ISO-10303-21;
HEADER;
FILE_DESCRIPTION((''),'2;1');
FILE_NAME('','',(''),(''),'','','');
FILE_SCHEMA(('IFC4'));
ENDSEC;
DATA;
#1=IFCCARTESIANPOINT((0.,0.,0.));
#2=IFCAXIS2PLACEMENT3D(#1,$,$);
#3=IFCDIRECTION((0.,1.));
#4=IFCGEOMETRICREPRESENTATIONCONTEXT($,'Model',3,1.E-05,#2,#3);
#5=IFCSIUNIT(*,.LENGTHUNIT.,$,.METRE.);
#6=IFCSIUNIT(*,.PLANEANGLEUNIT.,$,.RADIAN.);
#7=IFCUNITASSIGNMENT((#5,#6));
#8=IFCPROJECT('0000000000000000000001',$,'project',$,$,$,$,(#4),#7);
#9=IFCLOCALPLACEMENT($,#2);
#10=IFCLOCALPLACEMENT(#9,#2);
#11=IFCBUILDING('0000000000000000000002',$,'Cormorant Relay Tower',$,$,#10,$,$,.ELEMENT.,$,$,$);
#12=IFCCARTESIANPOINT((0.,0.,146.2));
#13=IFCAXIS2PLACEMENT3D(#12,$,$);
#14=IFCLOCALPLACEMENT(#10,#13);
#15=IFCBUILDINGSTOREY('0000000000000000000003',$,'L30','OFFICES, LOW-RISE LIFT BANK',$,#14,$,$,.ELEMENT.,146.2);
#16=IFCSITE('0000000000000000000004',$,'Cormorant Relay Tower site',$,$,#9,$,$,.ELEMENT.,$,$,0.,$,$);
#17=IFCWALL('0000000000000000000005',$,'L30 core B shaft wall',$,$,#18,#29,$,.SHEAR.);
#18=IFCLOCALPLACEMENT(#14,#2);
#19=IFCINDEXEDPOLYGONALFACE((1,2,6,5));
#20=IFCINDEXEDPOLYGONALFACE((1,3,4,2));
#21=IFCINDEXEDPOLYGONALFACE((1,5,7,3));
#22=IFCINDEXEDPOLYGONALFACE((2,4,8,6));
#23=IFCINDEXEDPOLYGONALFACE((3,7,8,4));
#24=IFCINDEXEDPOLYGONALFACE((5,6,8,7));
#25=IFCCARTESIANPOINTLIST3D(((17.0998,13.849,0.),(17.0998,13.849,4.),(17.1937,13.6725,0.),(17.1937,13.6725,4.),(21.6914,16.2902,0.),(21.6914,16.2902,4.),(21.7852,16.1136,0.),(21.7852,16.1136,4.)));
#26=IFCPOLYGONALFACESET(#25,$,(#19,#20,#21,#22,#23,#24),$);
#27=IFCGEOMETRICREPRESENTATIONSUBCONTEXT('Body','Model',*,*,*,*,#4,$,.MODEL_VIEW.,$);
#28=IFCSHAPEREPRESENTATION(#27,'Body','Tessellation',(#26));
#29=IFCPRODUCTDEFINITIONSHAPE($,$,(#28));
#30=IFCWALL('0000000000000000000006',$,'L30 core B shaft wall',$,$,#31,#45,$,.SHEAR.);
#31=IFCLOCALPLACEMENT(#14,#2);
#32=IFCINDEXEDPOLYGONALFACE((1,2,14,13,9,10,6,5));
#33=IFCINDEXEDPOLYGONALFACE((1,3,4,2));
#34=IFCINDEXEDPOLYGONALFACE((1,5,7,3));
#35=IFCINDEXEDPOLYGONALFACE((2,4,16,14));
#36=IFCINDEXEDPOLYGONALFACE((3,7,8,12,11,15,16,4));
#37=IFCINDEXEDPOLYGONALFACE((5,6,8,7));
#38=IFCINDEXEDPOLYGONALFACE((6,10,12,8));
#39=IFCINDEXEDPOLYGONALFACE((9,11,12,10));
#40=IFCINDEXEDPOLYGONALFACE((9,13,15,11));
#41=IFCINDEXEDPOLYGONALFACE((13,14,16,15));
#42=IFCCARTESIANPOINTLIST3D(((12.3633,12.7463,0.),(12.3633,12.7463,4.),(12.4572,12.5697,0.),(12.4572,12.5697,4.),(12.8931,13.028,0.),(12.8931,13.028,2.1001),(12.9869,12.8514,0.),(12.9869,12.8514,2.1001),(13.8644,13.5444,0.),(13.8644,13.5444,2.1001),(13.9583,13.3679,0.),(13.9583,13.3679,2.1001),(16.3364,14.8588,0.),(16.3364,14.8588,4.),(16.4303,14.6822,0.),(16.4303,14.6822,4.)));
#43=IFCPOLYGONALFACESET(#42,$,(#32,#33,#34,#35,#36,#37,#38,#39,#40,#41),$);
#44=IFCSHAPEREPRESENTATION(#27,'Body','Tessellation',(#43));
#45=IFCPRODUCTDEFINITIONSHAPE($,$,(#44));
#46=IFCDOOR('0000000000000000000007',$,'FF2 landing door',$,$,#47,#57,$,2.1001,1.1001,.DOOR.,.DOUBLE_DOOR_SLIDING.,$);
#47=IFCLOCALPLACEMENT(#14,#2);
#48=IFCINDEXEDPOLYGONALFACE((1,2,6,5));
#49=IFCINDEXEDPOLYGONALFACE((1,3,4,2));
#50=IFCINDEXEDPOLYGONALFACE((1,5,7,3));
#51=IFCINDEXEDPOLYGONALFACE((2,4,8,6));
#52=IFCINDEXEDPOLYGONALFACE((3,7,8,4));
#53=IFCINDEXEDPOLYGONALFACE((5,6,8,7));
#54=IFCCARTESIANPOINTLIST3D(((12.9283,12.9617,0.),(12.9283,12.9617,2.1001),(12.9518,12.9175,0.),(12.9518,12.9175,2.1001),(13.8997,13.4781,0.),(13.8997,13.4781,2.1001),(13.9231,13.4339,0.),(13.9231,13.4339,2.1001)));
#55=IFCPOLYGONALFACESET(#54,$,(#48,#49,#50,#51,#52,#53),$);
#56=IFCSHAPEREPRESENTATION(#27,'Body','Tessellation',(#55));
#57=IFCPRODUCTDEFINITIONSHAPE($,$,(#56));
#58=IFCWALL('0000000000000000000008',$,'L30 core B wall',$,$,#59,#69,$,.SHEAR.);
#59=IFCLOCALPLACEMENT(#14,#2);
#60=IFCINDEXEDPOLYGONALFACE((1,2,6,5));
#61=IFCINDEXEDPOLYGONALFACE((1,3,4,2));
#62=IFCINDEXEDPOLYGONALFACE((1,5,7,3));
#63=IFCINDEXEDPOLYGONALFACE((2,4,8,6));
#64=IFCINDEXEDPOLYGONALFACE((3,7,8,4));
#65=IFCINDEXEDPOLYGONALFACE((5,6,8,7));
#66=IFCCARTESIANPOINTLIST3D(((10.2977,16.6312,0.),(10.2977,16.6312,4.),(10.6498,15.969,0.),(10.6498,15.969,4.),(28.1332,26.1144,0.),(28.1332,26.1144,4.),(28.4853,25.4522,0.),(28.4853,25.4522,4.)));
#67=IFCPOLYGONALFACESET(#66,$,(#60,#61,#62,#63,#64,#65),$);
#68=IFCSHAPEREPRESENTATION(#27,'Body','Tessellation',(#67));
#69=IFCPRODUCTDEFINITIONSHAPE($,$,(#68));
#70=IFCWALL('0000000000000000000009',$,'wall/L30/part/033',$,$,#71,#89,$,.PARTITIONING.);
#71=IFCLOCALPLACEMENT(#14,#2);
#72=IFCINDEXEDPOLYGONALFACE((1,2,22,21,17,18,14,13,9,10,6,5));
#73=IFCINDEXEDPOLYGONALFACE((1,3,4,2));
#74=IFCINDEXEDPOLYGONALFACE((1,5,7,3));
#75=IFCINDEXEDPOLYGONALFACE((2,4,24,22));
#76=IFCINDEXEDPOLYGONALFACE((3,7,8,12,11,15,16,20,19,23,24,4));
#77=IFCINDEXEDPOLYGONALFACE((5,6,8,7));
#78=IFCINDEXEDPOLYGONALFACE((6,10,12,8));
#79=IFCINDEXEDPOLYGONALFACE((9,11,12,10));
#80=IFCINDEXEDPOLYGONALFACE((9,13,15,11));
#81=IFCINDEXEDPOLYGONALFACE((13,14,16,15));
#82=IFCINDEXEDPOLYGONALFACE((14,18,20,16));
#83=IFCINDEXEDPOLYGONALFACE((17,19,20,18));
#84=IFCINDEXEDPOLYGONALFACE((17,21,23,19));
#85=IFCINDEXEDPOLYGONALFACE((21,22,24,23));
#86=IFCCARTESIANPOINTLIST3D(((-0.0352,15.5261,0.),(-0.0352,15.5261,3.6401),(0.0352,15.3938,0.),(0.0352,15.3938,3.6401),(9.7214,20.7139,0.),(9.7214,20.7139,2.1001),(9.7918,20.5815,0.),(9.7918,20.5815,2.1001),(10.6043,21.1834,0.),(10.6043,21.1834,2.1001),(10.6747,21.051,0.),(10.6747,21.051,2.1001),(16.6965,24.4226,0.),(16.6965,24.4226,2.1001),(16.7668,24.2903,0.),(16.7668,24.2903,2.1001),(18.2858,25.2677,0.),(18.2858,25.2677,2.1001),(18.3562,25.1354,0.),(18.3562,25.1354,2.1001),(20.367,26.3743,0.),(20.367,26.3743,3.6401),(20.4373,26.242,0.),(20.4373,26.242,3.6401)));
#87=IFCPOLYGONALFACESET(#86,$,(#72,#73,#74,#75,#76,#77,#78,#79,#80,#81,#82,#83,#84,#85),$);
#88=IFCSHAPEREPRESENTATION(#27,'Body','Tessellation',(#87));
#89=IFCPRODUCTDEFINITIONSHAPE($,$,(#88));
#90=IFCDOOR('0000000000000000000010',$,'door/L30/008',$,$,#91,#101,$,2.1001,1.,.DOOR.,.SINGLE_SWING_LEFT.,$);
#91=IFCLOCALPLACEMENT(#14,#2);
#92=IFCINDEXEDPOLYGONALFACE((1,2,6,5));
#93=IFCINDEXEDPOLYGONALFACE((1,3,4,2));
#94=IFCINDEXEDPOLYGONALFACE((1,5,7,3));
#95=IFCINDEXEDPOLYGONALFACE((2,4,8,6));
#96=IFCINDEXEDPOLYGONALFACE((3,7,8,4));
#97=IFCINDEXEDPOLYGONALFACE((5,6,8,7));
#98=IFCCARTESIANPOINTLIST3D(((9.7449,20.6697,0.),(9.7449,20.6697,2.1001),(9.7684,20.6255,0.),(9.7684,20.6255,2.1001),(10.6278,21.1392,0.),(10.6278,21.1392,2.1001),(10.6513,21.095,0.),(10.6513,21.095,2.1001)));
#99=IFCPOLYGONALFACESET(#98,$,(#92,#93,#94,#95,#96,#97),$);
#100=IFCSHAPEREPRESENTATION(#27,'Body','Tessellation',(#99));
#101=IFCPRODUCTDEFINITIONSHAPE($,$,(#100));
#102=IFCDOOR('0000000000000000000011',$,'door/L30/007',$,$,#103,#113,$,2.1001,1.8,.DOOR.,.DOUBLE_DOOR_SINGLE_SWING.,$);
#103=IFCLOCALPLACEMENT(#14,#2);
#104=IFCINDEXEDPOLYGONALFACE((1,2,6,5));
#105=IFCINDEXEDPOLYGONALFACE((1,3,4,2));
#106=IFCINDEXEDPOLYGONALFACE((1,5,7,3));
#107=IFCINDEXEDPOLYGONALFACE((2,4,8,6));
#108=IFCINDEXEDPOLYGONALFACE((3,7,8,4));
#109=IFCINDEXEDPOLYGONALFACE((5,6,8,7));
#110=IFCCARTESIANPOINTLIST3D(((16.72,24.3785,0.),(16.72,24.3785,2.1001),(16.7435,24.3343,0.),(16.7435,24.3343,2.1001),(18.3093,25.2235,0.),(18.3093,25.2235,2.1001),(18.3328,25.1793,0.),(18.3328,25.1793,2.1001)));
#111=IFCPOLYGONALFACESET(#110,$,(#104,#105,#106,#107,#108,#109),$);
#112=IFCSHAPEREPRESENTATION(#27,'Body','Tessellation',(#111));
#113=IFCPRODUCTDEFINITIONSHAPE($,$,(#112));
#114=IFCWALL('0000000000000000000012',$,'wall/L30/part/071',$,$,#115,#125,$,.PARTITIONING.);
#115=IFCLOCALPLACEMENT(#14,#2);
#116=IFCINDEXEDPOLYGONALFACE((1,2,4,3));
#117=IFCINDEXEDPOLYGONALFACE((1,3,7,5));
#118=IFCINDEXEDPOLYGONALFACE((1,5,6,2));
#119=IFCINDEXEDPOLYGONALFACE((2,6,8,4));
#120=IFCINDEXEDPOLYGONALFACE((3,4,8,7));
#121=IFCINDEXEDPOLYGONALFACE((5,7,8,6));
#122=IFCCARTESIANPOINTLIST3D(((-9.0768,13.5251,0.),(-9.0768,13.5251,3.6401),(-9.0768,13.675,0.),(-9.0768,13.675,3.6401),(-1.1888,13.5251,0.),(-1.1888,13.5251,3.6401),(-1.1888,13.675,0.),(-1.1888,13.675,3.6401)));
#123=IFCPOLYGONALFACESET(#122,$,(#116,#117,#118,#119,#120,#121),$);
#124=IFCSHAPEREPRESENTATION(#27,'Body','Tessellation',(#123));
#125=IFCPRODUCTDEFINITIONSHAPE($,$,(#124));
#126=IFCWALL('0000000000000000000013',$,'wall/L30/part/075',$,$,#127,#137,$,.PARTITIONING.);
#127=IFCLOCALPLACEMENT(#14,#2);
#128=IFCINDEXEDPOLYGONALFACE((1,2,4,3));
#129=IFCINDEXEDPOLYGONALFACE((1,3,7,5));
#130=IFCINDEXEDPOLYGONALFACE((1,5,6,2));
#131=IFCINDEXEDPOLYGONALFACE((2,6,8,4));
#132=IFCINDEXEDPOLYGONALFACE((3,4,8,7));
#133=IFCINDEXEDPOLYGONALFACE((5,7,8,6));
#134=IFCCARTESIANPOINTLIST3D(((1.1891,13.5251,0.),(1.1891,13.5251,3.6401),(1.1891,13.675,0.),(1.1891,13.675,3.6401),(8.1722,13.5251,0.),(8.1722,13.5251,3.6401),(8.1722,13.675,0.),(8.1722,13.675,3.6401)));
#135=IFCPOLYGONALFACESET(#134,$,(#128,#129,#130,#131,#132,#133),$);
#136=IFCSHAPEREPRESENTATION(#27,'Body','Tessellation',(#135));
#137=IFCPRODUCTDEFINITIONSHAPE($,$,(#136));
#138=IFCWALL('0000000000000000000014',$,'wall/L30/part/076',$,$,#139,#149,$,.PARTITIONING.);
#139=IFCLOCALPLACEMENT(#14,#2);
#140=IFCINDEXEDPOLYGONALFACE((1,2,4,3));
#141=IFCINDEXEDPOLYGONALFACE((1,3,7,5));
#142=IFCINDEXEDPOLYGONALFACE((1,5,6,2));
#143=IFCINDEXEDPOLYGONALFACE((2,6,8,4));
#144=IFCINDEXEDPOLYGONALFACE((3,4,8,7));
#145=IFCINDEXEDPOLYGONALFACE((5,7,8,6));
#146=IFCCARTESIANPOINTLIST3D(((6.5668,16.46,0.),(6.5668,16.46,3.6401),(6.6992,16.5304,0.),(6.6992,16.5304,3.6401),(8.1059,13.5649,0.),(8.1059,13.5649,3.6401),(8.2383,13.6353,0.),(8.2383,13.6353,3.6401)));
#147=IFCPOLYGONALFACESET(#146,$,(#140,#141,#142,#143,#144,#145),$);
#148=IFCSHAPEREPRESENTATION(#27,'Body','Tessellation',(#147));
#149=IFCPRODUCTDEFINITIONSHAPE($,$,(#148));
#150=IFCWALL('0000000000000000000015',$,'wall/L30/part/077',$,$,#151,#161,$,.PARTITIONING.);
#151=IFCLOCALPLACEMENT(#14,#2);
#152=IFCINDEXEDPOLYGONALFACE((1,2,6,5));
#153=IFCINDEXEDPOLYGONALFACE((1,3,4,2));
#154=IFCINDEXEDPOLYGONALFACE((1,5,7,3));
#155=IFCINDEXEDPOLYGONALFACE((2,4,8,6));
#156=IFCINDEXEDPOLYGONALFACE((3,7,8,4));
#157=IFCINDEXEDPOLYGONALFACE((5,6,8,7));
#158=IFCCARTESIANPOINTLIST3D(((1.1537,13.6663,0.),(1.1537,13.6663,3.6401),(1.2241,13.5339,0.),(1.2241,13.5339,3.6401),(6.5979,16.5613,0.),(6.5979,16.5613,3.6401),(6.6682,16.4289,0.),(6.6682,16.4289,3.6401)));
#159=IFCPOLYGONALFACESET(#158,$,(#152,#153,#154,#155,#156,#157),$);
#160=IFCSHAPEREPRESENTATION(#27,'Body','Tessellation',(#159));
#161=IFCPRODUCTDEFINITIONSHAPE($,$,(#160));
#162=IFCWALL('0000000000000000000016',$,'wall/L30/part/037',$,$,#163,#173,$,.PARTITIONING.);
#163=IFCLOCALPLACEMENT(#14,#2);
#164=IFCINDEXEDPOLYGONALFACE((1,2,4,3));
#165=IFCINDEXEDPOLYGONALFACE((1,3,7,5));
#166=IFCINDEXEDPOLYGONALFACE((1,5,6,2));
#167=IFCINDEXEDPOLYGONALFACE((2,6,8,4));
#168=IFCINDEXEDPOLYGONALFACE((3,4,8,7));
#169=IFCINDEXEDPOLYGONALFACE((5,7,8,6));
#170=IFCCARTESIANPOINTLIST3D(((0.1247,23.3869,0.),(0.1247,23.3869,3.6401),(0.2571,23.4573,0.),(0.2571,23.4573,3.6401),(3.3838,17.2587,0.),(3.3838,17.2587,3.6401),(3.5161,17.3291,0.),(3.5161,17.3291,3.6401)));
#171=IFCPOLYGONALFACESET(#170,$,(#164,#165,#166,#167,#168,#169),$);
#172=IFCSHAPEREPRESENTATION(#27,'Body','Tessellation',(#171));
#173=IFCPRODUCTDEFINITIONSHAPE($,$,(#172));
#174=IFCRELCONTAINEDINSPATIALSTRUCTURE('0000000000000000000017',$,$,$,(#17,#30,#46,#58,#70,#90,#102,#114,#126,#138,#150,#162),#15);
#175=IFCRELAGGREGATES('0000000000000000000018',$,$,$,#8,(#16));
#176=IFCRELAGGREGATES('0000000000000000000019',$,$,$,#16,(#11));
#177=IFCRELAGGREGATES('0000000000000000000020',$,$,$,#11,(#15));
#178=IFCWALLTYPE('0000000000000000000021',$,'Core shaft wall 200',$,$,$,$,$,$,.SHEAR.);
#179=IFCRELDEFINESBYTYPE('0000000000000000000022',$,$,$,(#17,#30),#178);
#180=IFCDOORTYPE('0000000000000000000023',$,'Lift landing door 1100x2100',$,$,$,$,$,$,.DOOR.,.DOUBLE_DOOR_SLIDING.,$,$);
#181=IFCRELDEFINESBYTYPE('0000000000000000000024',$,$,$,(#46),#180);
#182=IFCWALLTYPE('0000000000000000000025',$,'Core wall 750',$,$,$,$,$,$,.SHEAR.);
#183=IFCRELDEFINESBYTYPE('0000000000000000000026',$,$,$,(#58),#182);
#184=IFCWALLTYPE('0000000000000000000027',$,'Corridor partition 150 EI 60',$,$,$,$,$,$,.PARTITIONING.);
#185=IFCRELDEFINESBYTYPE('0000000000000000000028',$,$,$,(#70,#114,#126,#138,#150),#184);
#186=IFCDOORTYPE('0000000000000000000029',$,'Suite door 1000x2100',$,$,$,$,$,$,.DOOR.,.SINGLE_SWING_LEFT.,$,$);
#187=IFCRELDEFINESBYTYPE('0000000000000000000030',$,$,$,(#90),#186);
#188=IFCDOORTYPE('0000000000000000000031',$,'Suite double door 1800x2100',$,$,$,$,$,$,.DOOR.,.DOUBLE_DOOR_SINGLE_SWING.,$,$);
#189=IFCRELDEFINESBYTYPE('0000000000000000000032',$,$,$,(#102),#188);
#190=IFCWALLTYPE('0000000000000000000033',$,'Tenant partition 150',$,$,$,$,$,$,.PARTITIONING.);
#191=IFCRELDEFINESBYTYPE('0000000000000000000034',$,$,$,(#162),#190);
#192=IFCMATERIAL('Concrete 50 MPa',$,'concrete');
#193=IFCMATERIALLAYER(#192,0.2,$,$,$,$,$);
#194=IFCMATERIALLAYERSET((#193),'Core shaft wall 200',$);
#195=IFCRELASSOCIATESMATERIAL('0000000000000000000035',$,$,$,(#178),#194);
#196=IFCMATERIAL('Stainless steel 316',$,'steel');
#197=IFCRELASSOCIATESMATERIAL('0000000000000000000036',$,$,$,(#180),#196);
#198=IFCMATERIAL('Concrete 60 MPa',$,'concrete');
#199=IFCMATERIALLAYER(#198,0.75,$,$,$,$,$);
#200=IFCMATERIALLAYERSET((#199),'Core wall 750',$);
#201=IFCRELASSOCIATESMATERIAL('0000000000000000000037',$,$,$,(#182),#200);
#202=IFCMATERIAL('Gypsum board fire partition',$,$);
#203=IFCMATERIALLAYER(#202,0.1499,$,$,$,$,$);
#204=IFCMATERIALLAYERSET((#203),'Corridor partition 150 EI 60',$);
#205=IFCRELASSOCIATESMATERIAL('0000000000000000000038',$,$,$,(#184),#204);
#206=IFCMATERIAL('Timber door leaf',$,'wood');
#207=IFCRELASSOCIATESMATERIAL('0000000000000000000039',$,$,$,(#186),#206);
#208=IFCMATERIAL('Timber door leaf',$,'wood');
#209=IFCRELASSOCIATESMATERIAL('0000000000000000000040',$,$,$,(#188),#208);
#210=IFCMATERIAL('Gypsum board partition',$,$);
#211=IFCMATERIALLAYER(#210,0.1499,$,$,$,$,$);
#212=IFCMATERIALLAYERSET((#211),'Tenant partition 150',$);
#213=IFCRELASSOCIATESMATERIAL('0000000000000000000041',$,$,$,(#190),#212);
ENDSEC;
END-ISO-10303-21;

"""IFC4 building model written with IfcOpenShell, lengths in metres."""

from ifc_helpers import new_model, si_unit, direction, frame, frame_2d, origin, place, context, subcontext, project, spatial, rectangle, extrude, material, layer, layer_set, type_object, element, fill, save


model = new_model("IFC4")

# Units and contexts
model_context = context("Model", 3, precision=1e-05, world=origin(), true_north=direction((0.0, 1.0)))
body_context = subcontext(model_context, "Body", "Model", "MODEL_VIEW")
ifc_project = project(units=[si_unit("LENGTHUNIT", "METRE"), si_unit("PLANEANGLEUNIT", "RADIAN")], contexts=[model_context])

# Site, building, storey
site_placement = place(None, origin())
site = spatial("IfcSite", under=ifc_project, at=site_placement, Name="Cormorant Relay Tower site", CompositionType="ELEMENT", RefElevation=0.0)
building_placement = place(site_placement, origin())
building = spatial("IfcBuilding", under=site, at=building_placement, Name="Cormorant Relay Tower", CompositionType="ELEMENT")
storey_placement = place(building_placement, frame((0.0, 0.0, 146.2)))
storey = spatial("IfcBuildingStorey", under=building, at=storey_placement, Name="L30", Description="OFFICES, LOW-RISE LIFT BANK", CompositionType="ELEMENT", Elevation=146.2)

# Wall
ifc_material_1 = material(Name="Concrete 50 MPa", Category="concrete")
ifc_layer_1 = layer(ifc_material_1, 0.2)
ifc_layer_set_1 = layer_set([ifc_layer_1], Name="Core shaft wall 200")
wall_type_1 = type_object("IfcWallType", Name="Core shaft wall 200", PredefinedType="SHEAR", material=ifc_layer_set_1)
wall_1_placement = place(storey_placement, frame((17.1467, 13.7607, 0.0), z_axis=(0.0, 0.0, 1.0), x_axis=(0.882964, 0.46944, 0.0)))
element("IfcWall", 1, at=wall_1_placement, inside=storey, type_object=wall_type_1, Name="L30 core B shaft wall", PredefinedType="SHEAR", context=body_context, shape_type="SweptSolid", body=[
    extrude(rectangle(XDim=5.2002, YDim=0.2, at=frame_2d((2.6001, 0.0))), origin(), (0.0, 0.0, 1.0), 4.0),
])

# Wall, opening, door
wall_2_placement = place(storey_placement, frame((12.4102, 12.658, 0.0), z_axis=(0.0, 0.0, 1.0), x_axis=(0.882948, 0.46947, 0.0)))
wall_2 = element("IfcWall", 2, at=wall_2_placement, inside=storey, type_object=wall_type_1, Name="L30 core B shaft wall", PredefinedType="SHEAR", context=body_context, shape_type="SweptSolid", body=[
    extrude(rectangle(XDim=4.4998, YDim=0.2, at=frame_2d((2.25, 0.0))), origin(), (0.0, 0.0, 1.0), 4.0),
])
opening_1_placement = place(wall_2_placement, frame((0.6001, 0.0, 0.0)))
opening_1 = element("IfcOpeningElement", 3, at=opening_1_placement, cuts=wall_2, PredefinedType="OPENING", context=body_context, shape_type="SweptSolid", body=[
    extrude(rectangle(XDim=1.1001, YDim=2.1001, at=frame_2d((0.55, 1.05))), frame((0.0, 0.1099, 0.0), z_axis=(0.0, -1.0, 0.0), x_axis=(1.0, 0.0, 0.0)), (0.0, 0.0, 1.0), 0.22),
])
ifc_material_2 = material(Name="Stainless steel 316", Category="steel")
door_type_1 = type_object("IfcDoorType", Name="Lift landing door 1100x2100", OperationType="DOUBLE_DOOR_SLIDING", PredefinedType="DOOR", material=ifc_material_2)
door_1_placement = place(opening_1_placement, origin())
door_1 = element("IfcDoor", 4, at=door_1_placement, inside=storey, type_object=door_type_1, Name="FF2 landing door", OperationType="DOUBLE_DOOR_SLIDING", OverallHeight=2.1001, OverallWidth=1.1001, PredefinedType="DOOR", context=body_context, shape_type="SweptSolid", body=[
    extrude(rectangle(XDim=1.1001, YDim=2.1001, at=frame_2d((0.55, 1.05))), frame((0.0, 0.0249, 0.0), z_axis=(0.0, -1.0, 0.0), x_axis=(1.0, 0.0, 0.0)), (0.0, 0.0, 1.0), 0.05),
])
fill(opening_1, door_1)

# Wall
ifc_material_3 = material(Name="Concrete 60 MPa", Category="concrete")
ifc_layer_2 = layer(ifc_material_3, 0.75)
ifc_layer_set_2 = layer_set([ifc_layer_2], Name="Core wall 750")
wall_type_2 = type_object("IfcWallType", Name="Core wall 750", PredefinedType="SHEAR", material=ifc_layer_set_2)
wall_3_placement = place(storey_placement, frame((10.4736, 16.3, 0.0), z_axis=(0.0, 0.0, 1.0), x_axis=(0.88295, 0.469467, 0.0)))
element("IfcWall", 5, at=wall_3_placement, inside=storey, type_object=wall_type_2, Name="L30 core B wall", PredefinedType="SHEAR", context=body_context, shape_type="SweptSolid", body=[
    extrude(rectangle(XDim=20.2, YDim=0.75, at=frame_2d((10.1001, 0.0))), origin(), (0.0, 0.0, 1.0), 4.0),
])

# Wall, openings, doors
ifc_material_4 = material(Name="Gypsum board fire partition")
ifc_layer_3 = layer(ifc_material_4, 0.1499)
ifc_layer_set_3 = layer_set([ifc_layer_3], Name="Corridor partition 150 EI 60")
wall_type_3 = type_object("IfcWallType", Name="Corridor partition 150 EI 60", PredefinedType="PARTITIONING", material=ifc_layer_set_3)
wall_4_placement = place(storey_placement, frame((0.0, 15.46, 0.0), z_axis=(0.0, 0.0, 1.0), x_axis=(0.882945, 0.469477, 0.0)))
wall_4 = element("IfcWall", 6, at=wall_4_placement, inside=storey, type_object=wall_type_3, Name="wall/L30/part/033", PredefinedType="PARTITIONING", context=body_context, shape_type="SweptSolid", body=[
    extrude(rectangle(XDim=23.1069, YDim=0.1499, at=frame_2d((11.5535, 0.0))), origin(), (0.0, 0.0, 1.0), 3.6401),
])
opening_2_placement = place(wall_4_placement, frame((18.95, 0.0, 0.0)))
opening_2 = element("IfcOpeningElement", 7, at=opening_2_placement, cuts=wall_4, PredefinedType="OPENING", context=body_context, shape_type="SweptSolid", body=[
    extrude(rectangle(XDim=1.8, YDim=2.1001, at=frame_2d((0.8999, 1.05))), frame((0.0, 0.085, 0.0), z_axis=(0.0, -1.0, 0.0), x_axis=(1.0, 0.0, 0.0)), (0.0, 0.0, 1.0), 0.1699),
])
opening_3_placement = place(wall_4_placement, frame((11.05, 0.0, 0.0)))
opening_3 = element("IfcOpeningElement", 8, at=opening_3_placement, cuts=wall_4, PredefinedType="OPENING", context=body_context, shape_type="SweptSolid", body=[
    extrude(rectangle(XDim=1.0, YDim=2.1001, at=frame_2d((0.5, 1.05))), frame((0.0, 0.085, 0.0), z_axis=(0.0, -1.0, 0.0), x_axis=(1.0, 0.0, 0.0)), (0.0, 0.0, 1.0), 0.1699),
])
ifc_material_5 = material(Name="Timber door leaf", Category="wood")
door_type_2 = type_object("IfcDoorType", Name="Suite door 1000x2100", OperationType="SINGLE_SWING_LEFT", PredefinedType="DOOR", material=ifc_material_5)
door_2_placement = place(opening_3_placement, origin())
door_2 = element("IfcDoor", 9, at=door_2_placement, inside=storey, type_object=door_type_2, Name="door/L30/008", OperationType="SINGLE_SWING_LEFT", OverallHeight=2.1001, OverallWidth=1.0, PredefinedType="DOOR", context=body_context, shape_type="SweptSolid", body=[
    extrude(rectangle(XDim=1.0, YDim=2.1001, at=frame_2d((0.5, 1.05))), frame((0.0, 0.0249, 0.0), z_axis=(0.0, -1.0, 0.0), x_axis=(1.0, 0.0, 0.0)), (0.0, 0.0, 1.0), 0.05),
])
fill(opening_3, door_2)
ifc_material_6 = material(Name="Timber door leaf", Category="wood")
door_type_3 = type_object("IfcDoorType", Name="Suite double door 1800x2100", OperationType="DOUBLE_DOOR_SINGLE_SWING", PredefinedType="DOOR", material=ifc_material_6)
door_3_placement = place(opening_2_placement, origin())
door_3 = element("IfcDoor", 10, at=door_3_placement, inside=storey, type_object=door_type_3, Name="door/L30/007", OperationType="DOUBLE_DOOR_SINGLE_SWING", OverallHeight=2.1001, OverallWidth=1.8, PredefinedType="DOOR", context=body_context, shape_type="SweptSolid", body=[
    extrude(rectangle(XDim=1.8, YDim=2.1001, at=frame_2d((0.8999, 1.05))), frame((0.0, 0.0249, 0.0), z_axis=(0.0, -1.0, 0.0), x_axis=(1.0, 0.0, 0.0)), (0.0, 0.0, 1.0), 0.05),
])
fill(opening_2, door_3)

# Walls
wall_5_placement = place(storey_placement, frame((-1.189, 13.6001, 0.0), z_axis=(0.0, 0.0, 1.0), x_axis=(-1.0, 0.0, 0.0)))
element("IfcWall", 11, at=wall_5_placement, inside=storey, type_object=wall_type_3, Name="wall/L30/part/071", PredefinedType="PARTITIONING", context=body_context, shape_type="SweptSolid", body=[
    extrude(rectangle(XDim=7.8879, YDim=0.1499, at=frame_2d((3.9438, 0.0))), origin(), (0.0, 0.0, 1.0), 3.6401),
])
wall_6_placement = place(storey_placement, frame((1.189, 13.6001, 0.0), z_axis=(0.0, 0.0, 1.0), x_axis=(1.0, 0.0, 0.0)))
element("IfcWall", 12, at=wall_6_placement, inside=storey, type_object=wall_type_3, Name="wall/L30/part/075", PredefinedType="PARTITIONING", context=body_context, shape_type="SweptSolid", body=[
    extrude(rectangle(XDim=6.9832, YDim=0.1499, at=frame_2d((3.4917, 0.0))), origin(), (0.0, 0.0, 1.0), 3.6401),
])
wall_7_placement = place(storey_placement, frame((8.1721, 13.6001, 0.0), z_axis=(0.0, 0.0, 1.0), x_axis=(-0.469413, 0.882979, 0.0)))
element("IfcWall", 13, at=wall_7_placement, inside=storey, type_object=wall_type_3, Name="wall/L30/part/076", PredefinedType="PARTITIONING", context=body_context, shape_type="SweptSolid", body=[
    extrude(rectangle(XDim=3.2788, YDim=0.1499, at=frame_2d((1.6394, 0.0))), origin(), (0.0, 0.0, 1.0), 3.6401),
])
wall_8_placement = place(storey_placement, frame((6.6331, 16.4951, 0.0), z_axis=(0.0, 0.0, 1.0), x_axis=(-0.882924, -0.469515, 0.0)))
element("IfcWall", 14, at=wall_8_placement, inside=storey, type_object=wall_type_3, Name="wall/L30/part/077", PredefinedType="PARTITIONING", context=body_context, shape_type="SweptSolid", body=[
    extrude(rectangle(XDim=6.166, YDim=0.1499, at=frame_2d((3.083, 0.0))), origin(), (0.0, 0.0, 1.0), 3.6401),
])
ifc_material_7 = material(Name="Gypsum board partition")
ifc_layer_4 = layer(ifc_material_7, 0.1499)
ifc_layer_set_4 = layer_set([ifc_layer_4], Name="Tenant partition 150")
wall_type_4 = type_object("IfcWallType", Name="Tenant partition 150", PredefinedType="PARTITIONING", material=ifc_layer_set_4)
wall_9_placement = place(storey_placement, frame((0.1909, 23.4221, 0.0), z_axis=(0.0, 0.0, 1.0), x_axis=(0.469542, -0.88291, 0.0)))
element("IfcWall", 15, at=wall_9_placement, inside=storey, type_object=wall_type_4, Name="wall/L30/part/037", PredefinedType="PARTITIONING", context=body_context, shape_type="SweptSolid", body=[
    extrude(rectangle(XDim=6.9409, YDim=0.1499, at=frame_2d((3.4705, 0.0))), origin(), (0.0, 0.0, 1.0), 3.6401),
])

save(model, "model.ifc")
